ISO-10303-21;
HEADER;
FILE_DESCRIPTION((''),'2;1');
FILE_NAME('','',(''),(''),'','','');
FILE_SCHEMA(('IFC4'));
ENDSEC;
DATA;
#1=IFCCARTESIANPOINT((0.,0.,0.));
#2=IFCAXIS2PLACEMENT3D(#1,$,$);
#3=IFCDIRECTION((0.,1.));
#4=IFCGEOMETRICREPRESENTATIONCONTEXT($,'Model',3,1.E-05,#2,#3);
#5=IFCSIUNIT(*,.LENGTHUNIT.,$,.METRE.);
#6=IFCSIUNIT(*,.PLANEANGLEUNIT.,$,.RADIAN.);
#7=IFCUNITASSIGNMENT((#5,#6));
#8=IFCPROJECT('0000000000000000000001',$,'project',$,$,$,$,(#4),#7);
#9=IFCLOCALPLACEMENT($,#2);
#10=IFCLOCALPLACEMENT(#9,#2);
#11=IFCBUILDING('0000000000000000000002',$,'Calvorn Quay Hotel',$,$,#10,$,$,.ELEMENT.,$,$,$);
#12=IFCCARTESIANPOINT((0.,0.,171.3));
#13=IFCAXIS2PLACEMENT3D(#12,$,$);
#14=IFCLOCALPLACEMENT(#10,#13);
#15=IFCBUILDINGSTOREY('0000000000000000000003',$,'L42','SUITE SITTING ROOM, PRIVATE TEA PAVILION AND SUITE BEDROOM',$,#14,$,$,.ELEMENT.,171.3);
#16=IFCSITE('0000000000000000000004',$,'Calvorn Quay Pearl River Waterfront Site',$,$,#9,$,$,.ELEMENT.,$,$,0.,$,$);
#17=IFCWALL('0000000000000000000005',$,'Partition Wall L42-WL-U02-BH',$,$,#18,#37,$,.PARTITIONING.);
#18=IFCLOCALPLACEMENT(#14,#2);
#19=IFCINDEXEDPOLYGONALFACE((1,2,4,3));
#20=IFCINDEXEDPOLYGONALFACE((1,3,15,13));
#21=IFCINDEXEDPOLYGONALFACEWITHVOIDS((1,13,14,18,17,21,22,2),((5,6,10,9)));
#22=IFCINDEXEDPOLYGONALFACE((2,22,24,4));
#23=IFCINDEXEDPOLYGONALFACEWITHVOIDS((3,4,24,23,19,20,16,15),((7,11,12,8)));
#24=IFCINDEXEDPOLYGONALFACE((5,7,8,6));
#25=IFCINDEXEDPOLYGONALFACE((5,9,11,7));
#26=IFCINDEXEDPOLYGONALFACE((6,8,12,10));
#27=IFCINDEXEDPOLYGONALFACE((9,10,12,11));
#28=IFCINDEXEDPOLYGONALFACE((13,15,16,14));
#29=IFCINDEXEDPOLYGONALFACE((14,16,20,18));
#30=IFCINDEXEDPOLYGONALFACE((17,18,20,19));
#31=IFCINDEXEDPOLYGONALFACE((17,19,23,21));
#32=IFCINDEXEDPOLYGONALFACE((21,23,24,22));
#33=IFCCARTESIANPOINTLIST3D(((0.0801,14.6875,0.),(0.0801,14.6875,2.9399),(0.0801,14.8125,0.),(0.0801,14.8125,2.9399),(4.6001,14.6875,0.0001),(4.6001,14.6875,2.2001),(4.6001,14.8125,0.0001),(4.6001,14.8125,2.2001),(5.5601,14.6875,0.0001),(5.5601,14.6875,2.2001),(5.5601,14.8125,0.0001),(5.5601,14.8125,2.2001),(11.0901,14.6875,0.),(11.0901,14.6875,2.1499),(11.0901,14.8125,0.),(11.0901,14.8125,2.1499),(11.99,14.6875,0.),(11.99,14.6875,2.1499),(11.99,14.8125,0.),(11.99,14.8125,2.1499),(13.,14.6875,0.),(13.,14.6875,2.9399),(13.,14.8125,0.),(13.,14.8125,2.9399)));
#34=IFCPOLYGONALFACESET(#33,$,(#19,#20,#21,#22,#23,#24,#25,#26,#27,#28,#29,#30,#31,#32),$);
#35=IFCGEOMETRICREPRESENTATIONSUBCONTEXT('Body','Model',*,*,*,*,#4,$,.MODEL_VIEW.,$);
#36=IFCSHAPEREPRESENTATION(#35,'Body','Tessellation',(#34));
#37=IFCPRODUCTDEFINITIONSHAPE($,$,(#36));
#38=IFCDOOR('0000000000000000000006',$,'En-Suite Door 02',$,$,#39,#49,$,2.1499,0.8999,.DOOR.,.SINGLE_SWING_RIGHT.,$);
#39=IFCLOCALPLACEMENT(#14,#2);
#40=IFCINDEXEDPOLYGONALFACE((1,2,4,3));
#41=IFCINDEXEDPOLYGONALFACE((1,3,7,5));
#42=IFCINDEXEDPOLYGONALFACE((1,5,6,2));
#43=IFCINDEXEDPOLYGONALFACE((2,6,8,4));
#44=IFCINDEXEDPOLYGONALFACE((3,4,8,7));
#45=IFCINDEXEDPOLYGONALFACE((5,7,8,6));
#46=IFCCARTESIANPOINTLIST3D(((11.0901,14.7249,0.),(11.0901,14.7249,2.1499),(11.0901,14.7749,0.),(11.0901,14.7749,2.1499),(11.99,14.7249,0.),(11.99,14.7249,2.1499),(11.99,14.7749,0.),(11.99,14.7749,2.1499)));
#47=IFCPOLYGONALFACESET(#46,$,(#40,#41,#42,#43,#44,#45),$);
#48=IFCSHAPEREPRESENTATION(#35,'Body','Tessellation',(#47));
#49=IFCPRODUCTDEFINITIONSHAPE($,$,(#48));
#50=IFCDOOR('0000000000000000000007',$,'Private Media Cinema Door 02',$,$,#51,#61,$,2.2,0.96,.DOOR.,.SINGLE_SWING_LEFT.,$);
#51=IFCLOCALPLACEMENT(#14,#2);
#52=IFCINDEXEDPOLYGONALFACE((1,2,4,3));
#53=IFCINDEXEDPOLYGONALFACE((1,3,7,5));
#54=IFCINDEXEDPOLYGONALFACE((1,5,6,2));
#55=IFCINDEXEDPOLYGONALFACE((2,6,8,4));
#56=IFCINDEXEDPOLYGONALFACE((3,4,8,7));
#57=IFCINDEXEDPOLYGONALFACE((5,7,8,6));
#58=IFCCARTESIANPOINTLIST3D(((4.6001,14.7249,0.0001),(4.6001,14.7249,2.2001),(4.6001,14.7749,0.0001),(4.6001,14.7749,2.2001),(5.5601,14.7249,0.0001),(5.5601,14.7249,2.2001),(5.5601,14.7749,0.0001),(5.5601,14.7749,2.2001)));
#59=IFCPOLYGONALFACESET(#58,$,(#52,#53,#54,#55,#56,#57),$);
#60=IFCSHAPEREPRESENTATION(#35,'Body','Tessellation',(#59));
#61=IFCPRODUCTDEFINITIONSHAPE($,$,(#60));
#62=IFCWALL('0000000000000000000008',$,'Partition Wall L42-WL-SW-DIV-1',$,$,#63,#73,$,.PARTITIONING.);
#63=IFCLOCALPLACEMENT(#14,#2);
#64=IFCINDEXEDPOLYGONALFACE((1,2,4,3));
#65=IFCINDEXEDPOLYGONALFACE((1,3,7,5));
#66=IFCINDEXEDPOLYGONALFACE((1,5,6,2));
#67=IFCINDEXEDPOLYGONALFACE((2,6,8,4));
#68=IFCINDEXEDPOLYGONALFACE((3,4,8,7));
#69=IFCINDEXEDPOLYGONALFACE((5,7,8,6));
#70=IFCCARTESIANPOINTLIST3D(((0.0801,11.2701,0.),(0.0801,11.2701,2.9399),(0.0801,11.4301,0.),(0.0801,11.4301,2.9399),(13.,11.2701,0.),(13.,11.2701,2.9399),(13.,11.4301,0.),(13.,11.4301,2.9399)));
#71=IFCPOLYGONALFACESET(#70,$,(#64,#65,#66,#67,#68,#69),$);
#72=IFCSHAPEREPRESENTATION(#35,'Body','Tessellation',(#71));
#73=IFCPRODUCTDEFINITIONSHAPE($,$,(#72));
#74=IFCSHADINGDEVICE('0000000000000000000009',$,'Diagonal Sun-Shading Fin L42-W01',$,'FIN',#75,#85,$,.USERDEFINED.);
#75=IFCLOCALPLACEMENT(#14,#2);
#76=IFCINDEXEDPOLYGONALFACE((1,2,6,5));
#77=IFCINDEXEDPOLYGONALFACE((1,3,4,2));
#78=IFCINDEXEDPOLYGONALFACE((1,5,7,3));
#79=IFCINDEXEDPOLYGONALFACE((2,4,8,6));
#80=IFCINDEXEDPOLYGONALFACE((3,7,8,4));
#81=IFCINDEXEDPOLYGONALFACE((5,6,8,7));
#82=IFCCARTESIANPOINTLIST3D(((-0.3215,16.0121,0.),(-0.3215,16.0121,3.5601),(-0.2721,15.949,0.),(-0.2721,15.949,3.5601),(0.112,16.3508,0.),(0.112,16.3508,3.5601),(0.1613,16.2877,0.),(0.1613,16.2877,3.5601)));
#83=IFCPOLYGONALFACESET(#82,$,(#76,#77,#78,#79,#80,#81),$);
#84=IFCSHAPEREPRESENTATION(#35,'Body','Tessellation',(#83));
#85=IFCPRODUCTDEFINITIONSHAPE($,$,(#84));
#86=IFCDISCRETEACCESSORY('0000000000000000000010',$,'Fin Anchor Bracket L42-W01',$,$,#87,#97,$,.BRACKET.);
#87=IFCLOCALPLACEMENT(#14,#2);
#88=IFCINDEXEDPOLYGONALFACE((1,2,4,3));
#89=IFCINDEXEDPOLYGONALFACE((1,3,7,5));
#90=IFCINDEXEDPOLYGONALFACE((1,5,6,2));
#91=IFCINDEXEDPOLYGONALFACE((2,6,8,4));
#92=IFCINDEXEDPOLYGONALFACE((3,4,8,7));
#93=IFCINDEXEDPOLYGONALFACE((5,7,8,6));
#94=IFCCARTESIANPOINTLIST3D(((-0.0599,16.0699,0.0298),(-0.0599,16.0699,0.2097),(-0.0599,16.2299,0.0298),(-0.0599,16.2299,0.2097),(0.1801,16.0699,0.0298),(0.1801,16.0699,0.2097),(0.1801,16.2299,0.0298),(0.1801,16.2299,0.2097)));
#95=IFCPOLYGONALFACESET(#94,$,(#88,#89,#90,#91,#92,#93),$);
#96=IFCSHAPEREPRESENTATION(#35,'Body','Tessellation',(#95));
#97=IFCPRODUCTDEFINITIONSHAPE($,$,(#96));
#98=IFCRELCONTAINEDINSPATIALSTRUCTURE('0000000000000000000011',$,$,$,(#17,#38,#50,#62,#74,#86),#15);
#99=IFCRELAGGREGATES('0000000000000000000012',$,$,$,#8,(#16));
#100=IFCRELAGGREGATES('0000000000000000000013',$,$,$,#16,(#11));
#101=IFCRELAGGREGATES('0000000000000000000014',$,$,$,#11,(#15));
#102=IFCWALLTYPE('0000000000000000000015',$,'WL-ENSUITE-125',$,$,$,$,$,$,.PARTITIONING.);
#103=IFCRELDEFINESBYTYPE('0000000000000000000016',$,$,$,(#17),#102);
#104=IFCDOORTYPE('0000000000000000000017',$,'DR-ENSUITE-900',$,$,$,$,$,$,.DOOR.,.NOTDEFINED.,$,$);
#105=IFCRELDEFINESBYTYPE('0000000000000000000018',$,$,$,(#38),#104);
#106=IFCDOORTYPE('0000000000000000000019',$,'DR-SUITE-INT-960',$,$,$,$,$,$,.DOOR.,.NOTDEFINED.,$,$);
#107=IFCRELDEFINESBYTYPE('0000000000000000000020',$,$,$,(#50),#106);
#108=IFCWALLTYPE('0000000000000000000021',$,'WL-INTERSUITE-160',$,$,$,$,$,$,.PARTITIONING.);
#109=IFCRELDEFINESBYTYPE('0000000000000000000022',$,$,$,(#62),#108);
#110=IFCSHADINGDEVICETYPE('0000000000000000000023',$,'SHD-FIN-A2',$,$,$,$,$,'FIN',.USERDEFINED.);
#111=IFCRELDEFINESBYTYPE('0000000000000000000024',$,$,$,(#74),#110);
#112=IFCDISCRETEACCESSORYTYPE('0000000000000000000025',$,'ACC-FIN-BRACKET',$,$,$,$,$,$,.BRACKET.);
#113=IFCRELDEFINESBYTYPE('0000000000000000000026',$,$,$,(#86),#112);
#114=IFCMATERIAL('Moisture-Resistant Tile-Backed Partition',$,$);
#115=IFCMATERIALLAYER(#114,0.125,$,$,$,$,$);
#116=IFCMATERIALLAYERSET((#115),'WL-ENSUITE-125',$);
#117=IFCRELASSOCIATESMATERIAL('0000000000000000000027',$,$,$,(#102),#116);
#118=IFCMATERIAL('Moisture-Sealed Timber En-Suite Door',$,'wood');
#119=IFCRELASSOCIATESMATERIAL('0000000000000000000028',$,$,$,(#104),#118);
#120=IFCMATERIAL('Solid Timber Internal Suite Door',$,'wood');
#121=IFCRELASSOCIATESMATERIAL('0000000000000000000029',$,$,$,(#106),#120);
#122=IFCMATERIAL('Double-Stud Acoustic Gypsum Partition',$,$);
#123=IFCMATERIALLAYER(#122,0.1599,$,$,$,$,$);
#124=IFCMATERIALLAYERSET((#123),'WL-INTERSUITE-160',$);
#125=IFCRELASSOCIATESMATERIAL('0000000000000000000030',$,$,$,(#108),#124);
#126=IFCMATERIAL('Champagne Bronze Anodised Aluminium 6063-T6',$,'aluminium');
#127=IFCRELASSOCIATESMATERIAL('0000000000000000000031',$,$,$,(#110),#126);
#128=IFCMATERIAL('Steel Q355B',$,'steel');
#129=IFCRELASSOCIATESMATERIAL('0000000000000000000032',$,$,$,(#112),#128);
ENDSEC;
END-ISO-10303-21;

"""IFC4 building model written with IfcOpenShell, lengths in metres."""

from ifc_helpers import new_model, si_unit, direction, frame, frame_2d, origin, origin_2d, place, context, subcontext, project, spatial, rectangle, extrude, material, layer, layer_set, type_object, element, fill, save


model = new_model("IFC4")

# Units and contexts
model_context = context("Model", 3, precision=1e-05, world=origin(), true_north=direction((0.0, 1.0)))
body_context = subcontext(model_context, "Body", "Model", "MODEL_VIEW")
ifc_project = project(units=[si_unit("LENGTHUNIT", "METRE"), si_unit("PLANEANGLEUNIT", "RADIAN")], contexts=[model_context])

# Site, building, storey
site_placement = place(None, origin())
site = spatial("IfcSite", under=ifc_project, at=site_placement, Name="Calvorn Quay Pearl River Waterfront Site", CompositionType="ELEMENT", RefElevation=0.0)
building_placement = place(site_placement, origin())
building = spatial("IfcBuilding", under=site, at=building_placement, Name="Calvorn Quay Hotel", CompositionType="ELEMENT")
storey_placement = place(building_placement, frame((0.0, 0.0, 171.3)))
storey = spatial("IfcBuildingStorey", under=building, at=storey_placement, Name="L42", Description="SUITE SITTING ROOM, PRIVATE TEA PAVILION AND SUITE BEDROOM", CompositionType="ELEMENT", Elevation=171.3)

# Wall, openings, doors
ifc_material_1 = material(Name="Moisture-Resistant Tile-Backed Partition")
ifc_layer_1 = layer(ifc_material_1, 0.125)
ifc_layer_set_1 = layer_set([ifc_layer_1], Name="WL-ENSUITE-125")
wall_type_1 = type_object("IfcWallType", Name="WL-ENSUITE-125", PredefinedType="PARTITIONING", material=ifc_layer_set_1)
wall_1_placement = place(storey_placement, frame((0.0801, 14.75, 0.0), z_axis=(0.0, 0.0, 1.0), x_axis=(1.0, 0.0, 0.0)))
wall_1 = element("IfcWall", 1, at=wall_1_placement, inside=storey, type_object=wall_type_1, Name="Partition Wall L42-WL-U02-BH", PredefinedType="PARTITIONING", context=body_context, shape_type="SweptSolid", body=[
    extrude(rectangle(XDim=12.9199, YDim=0.125, at=frame_2d((6.46, 0.0))), origin(), (0.0, 0.0, 1.0), 2.9399),
])
opening_1_placement = place(wall_1_placement, frame((4.52, 0.0, 0.0)))
opening_1 = element("IfcOpeningElement", 2, at=opening_1_placement, cuts=wall_1, PredefinedType="OPENING", context=body_context, shape_type="SweptSolid", body=[
    extrude(rectangle(XDim=0.96, YDim=2.2, at=frame_2d((0.48, 1.1001))), frame((0.0, 0.0725, 0.0), z_axis=(0.0, -1.0, 0.0), x_axis=(1.0, 0.0, 0.0)), (0.0, 0.0, 1.0), 0.145),
])
opening_2_placement = place(wall_1_placement, frame((11.01, 0.0, 0.0)))
opening_2 = element("IfcOpeningElement", 3, at=opening_2_placement, cuts=wall_1, PredefinedType="OPENING", context=body_context, shape_type="SweptSolid", body=[
    extrude(rectangle(XDim=0.8999, YDim=2.1499, at=frame_2d((0.45, 1.075))), frame((0.0, 0.0725, 0.0), z_axis=(0.0, -1.0, 0.0), x_axis=(1.0, 0.0, 0.0)), (0.0, 0.0, 1.0), 0.145),
])
ifc_material_2 = material(Name="Moisture-Sealed Timber En-Suite Door", Category="wood")
door_type_1 = type_object("IfcDoorType", Name="DR-ENSUITE-900", OperationType="NOTDEFINED", PredefinedType="DOOR", material=ifc_material_2)
door_1_placement = place(opening_2_placement, origin())
door_1 = element("IfcDoor", 4, at=door_1_placement, inside=storey, type_object=door_type_1, Name="En-Suite Door 02", OperationType="SINGLE_SWING_RIGHT", OverallHeight=2.1499, OverallWidth=0.8999, PredefinedType="DOOR", context=body_context, shape_type="SweptSolid", body=[
    extrude(rectangle(XDim=0.8999, YDim=2.1499, at=frame_2d((0.45, 1.075))), frame((0.0, 0.0249, 0.0), z_axis=(0.0, -1.0, 0.0), x_axis=(1.0, 0.0, 0.0)), (0.0, 0.0, 1.0), 0.05),
])
fill(opening_2, door_1)
ifc_material_3 = material(Name="Solid Timber Internal Suite Door", Category="wood")
door_type_2 = type_object("IfcDoorType", Name="DR-SUITE-INT-960", OperationType="NOTDEFINED", PredefinedType="DOOR", material=ifc_material_3)
door_2_placement = place(opening_1_placement, origin())
door_2 = element("IfcDoor", 5, at=door_2_placement, inside=storey, type_object=door_type_2, Name="Private Media Cinema Door 02", OperationType="SINGLE_SWING_LEFT", OverallHeight=2.2, OverallWidth=0.96, PredefinedType="DOOR", context=body_context, shape_type="SweptSolid", body=[
    extrude(rectangle(XDim=0.96, YDim=2.2, at=frame_2d((0.48, 1.1001))), frame((0.0, 0.0249, 0.0), z_axis=(0.0, -1.0, 0.0), x_axis=(1.0, 0.0, 0.0)), (0.0, 0.0, 1.0), 0.05),
])
fill(opening_1, door_2)

# Wall
ifc_material_4 = material(Name="Double-Stud Acoustic Gypsum Partition")
ifc_layer_2 = layer(ifc_material_4, 0.1599)
ifc_layer_set_2 = layer_set([ifc_layer_2], Name="WL-INTERSUITE-160")
wall_type_2 = type_object("IfcWallType", Name="WL-INTERSUITE-160", PredefinedType="PARTITIONING", material=ifc_layer_set_2)
wall_2_placement = place(storey_placement, frame((0.0801, 11.3501, 0.0), z_axis=(0.0, 0.0, 1.0), x_axis=(1.0, 0.0, 0.0)))
element("IfcWall", 6, at=wall_2_placement, inside=storey, type_object=wall_type_2, Name="Partition Wall L42-WL-SW-DIV-1", PredefinedType="PARTITIONING", context=body_context, shape_type="SweptSolid", body=[
    extrude(rectangle(XDim=12.9199, YDim=0.1599, at=frame_2d((6.46, 0.0))), origin(), (0.0, 0.0, 1.0), 2.9399),
])

# Shading device
ifc_material_5 = material(Name="Champagne Bronze Anodised Aluminium 6063-T6", Category="aluminium")
shading_device_type = type_object("IfcShadingDeviceType", Name="SHD-FIN-A2", ElementType="FIN", PredefinedType="USERDEFINED", material=ifc_material_5)
shading_device_placement = place(storey_placement, frame((-0.0801, 16.1499, 0.0), z_axis=(0.0, 0.0, 1.0), x_axis=(0.788011, 0.615661, 0.0)))
element("IfcShadingDevice", 7, at=shading_device_placement, inside=storey, type_object=shading_device_type, Name="Diagonal Sun-Shading Fin L42-W01", ObjectType="FIN", PredefinedType="USERDEFINED", context=body_context, shape_type="SweptSolid", body=[
    extrude(rectangle(XDim=0.55, YDim=0.0801, at=origin_2d()), origin(), (0.0, 0.0, 1.0), 3.5601),
])

# Discrete accessory
ifc_material_6 = material(Name="Steel Q355B", Category="steel")
discrete_accessory_type = type_object("IfcDiscreteAccessoryType", Name="ACC-FIN-BRACKET", PredefinedType="BRACKET", material=ifc_material_6)
discrete_accessory_placement = place(storey_placement, frame((0.0601, 16.1499, 0.0298), z_axis=(0.0, 0.0, 1.0), x_axis=(1.0, 0.0, 0.0)))
element("IfcDiscreteAccessory", 8, at=discrete_accessory_placement, inside=storey, type_object=discrete_accessory_type, Name="Fin Anchor Bracket L42-W01", PredefinedType="BRACKET", context=body_context, shape_type="SweptSolid", body=[
    extrude(rectangle(XDim=0.24, YDim=0.1599, at=origin_2d()), origin(), (0.0, 0.0, 1.0), 0.1799),
])

save(model, "model.ifc")
